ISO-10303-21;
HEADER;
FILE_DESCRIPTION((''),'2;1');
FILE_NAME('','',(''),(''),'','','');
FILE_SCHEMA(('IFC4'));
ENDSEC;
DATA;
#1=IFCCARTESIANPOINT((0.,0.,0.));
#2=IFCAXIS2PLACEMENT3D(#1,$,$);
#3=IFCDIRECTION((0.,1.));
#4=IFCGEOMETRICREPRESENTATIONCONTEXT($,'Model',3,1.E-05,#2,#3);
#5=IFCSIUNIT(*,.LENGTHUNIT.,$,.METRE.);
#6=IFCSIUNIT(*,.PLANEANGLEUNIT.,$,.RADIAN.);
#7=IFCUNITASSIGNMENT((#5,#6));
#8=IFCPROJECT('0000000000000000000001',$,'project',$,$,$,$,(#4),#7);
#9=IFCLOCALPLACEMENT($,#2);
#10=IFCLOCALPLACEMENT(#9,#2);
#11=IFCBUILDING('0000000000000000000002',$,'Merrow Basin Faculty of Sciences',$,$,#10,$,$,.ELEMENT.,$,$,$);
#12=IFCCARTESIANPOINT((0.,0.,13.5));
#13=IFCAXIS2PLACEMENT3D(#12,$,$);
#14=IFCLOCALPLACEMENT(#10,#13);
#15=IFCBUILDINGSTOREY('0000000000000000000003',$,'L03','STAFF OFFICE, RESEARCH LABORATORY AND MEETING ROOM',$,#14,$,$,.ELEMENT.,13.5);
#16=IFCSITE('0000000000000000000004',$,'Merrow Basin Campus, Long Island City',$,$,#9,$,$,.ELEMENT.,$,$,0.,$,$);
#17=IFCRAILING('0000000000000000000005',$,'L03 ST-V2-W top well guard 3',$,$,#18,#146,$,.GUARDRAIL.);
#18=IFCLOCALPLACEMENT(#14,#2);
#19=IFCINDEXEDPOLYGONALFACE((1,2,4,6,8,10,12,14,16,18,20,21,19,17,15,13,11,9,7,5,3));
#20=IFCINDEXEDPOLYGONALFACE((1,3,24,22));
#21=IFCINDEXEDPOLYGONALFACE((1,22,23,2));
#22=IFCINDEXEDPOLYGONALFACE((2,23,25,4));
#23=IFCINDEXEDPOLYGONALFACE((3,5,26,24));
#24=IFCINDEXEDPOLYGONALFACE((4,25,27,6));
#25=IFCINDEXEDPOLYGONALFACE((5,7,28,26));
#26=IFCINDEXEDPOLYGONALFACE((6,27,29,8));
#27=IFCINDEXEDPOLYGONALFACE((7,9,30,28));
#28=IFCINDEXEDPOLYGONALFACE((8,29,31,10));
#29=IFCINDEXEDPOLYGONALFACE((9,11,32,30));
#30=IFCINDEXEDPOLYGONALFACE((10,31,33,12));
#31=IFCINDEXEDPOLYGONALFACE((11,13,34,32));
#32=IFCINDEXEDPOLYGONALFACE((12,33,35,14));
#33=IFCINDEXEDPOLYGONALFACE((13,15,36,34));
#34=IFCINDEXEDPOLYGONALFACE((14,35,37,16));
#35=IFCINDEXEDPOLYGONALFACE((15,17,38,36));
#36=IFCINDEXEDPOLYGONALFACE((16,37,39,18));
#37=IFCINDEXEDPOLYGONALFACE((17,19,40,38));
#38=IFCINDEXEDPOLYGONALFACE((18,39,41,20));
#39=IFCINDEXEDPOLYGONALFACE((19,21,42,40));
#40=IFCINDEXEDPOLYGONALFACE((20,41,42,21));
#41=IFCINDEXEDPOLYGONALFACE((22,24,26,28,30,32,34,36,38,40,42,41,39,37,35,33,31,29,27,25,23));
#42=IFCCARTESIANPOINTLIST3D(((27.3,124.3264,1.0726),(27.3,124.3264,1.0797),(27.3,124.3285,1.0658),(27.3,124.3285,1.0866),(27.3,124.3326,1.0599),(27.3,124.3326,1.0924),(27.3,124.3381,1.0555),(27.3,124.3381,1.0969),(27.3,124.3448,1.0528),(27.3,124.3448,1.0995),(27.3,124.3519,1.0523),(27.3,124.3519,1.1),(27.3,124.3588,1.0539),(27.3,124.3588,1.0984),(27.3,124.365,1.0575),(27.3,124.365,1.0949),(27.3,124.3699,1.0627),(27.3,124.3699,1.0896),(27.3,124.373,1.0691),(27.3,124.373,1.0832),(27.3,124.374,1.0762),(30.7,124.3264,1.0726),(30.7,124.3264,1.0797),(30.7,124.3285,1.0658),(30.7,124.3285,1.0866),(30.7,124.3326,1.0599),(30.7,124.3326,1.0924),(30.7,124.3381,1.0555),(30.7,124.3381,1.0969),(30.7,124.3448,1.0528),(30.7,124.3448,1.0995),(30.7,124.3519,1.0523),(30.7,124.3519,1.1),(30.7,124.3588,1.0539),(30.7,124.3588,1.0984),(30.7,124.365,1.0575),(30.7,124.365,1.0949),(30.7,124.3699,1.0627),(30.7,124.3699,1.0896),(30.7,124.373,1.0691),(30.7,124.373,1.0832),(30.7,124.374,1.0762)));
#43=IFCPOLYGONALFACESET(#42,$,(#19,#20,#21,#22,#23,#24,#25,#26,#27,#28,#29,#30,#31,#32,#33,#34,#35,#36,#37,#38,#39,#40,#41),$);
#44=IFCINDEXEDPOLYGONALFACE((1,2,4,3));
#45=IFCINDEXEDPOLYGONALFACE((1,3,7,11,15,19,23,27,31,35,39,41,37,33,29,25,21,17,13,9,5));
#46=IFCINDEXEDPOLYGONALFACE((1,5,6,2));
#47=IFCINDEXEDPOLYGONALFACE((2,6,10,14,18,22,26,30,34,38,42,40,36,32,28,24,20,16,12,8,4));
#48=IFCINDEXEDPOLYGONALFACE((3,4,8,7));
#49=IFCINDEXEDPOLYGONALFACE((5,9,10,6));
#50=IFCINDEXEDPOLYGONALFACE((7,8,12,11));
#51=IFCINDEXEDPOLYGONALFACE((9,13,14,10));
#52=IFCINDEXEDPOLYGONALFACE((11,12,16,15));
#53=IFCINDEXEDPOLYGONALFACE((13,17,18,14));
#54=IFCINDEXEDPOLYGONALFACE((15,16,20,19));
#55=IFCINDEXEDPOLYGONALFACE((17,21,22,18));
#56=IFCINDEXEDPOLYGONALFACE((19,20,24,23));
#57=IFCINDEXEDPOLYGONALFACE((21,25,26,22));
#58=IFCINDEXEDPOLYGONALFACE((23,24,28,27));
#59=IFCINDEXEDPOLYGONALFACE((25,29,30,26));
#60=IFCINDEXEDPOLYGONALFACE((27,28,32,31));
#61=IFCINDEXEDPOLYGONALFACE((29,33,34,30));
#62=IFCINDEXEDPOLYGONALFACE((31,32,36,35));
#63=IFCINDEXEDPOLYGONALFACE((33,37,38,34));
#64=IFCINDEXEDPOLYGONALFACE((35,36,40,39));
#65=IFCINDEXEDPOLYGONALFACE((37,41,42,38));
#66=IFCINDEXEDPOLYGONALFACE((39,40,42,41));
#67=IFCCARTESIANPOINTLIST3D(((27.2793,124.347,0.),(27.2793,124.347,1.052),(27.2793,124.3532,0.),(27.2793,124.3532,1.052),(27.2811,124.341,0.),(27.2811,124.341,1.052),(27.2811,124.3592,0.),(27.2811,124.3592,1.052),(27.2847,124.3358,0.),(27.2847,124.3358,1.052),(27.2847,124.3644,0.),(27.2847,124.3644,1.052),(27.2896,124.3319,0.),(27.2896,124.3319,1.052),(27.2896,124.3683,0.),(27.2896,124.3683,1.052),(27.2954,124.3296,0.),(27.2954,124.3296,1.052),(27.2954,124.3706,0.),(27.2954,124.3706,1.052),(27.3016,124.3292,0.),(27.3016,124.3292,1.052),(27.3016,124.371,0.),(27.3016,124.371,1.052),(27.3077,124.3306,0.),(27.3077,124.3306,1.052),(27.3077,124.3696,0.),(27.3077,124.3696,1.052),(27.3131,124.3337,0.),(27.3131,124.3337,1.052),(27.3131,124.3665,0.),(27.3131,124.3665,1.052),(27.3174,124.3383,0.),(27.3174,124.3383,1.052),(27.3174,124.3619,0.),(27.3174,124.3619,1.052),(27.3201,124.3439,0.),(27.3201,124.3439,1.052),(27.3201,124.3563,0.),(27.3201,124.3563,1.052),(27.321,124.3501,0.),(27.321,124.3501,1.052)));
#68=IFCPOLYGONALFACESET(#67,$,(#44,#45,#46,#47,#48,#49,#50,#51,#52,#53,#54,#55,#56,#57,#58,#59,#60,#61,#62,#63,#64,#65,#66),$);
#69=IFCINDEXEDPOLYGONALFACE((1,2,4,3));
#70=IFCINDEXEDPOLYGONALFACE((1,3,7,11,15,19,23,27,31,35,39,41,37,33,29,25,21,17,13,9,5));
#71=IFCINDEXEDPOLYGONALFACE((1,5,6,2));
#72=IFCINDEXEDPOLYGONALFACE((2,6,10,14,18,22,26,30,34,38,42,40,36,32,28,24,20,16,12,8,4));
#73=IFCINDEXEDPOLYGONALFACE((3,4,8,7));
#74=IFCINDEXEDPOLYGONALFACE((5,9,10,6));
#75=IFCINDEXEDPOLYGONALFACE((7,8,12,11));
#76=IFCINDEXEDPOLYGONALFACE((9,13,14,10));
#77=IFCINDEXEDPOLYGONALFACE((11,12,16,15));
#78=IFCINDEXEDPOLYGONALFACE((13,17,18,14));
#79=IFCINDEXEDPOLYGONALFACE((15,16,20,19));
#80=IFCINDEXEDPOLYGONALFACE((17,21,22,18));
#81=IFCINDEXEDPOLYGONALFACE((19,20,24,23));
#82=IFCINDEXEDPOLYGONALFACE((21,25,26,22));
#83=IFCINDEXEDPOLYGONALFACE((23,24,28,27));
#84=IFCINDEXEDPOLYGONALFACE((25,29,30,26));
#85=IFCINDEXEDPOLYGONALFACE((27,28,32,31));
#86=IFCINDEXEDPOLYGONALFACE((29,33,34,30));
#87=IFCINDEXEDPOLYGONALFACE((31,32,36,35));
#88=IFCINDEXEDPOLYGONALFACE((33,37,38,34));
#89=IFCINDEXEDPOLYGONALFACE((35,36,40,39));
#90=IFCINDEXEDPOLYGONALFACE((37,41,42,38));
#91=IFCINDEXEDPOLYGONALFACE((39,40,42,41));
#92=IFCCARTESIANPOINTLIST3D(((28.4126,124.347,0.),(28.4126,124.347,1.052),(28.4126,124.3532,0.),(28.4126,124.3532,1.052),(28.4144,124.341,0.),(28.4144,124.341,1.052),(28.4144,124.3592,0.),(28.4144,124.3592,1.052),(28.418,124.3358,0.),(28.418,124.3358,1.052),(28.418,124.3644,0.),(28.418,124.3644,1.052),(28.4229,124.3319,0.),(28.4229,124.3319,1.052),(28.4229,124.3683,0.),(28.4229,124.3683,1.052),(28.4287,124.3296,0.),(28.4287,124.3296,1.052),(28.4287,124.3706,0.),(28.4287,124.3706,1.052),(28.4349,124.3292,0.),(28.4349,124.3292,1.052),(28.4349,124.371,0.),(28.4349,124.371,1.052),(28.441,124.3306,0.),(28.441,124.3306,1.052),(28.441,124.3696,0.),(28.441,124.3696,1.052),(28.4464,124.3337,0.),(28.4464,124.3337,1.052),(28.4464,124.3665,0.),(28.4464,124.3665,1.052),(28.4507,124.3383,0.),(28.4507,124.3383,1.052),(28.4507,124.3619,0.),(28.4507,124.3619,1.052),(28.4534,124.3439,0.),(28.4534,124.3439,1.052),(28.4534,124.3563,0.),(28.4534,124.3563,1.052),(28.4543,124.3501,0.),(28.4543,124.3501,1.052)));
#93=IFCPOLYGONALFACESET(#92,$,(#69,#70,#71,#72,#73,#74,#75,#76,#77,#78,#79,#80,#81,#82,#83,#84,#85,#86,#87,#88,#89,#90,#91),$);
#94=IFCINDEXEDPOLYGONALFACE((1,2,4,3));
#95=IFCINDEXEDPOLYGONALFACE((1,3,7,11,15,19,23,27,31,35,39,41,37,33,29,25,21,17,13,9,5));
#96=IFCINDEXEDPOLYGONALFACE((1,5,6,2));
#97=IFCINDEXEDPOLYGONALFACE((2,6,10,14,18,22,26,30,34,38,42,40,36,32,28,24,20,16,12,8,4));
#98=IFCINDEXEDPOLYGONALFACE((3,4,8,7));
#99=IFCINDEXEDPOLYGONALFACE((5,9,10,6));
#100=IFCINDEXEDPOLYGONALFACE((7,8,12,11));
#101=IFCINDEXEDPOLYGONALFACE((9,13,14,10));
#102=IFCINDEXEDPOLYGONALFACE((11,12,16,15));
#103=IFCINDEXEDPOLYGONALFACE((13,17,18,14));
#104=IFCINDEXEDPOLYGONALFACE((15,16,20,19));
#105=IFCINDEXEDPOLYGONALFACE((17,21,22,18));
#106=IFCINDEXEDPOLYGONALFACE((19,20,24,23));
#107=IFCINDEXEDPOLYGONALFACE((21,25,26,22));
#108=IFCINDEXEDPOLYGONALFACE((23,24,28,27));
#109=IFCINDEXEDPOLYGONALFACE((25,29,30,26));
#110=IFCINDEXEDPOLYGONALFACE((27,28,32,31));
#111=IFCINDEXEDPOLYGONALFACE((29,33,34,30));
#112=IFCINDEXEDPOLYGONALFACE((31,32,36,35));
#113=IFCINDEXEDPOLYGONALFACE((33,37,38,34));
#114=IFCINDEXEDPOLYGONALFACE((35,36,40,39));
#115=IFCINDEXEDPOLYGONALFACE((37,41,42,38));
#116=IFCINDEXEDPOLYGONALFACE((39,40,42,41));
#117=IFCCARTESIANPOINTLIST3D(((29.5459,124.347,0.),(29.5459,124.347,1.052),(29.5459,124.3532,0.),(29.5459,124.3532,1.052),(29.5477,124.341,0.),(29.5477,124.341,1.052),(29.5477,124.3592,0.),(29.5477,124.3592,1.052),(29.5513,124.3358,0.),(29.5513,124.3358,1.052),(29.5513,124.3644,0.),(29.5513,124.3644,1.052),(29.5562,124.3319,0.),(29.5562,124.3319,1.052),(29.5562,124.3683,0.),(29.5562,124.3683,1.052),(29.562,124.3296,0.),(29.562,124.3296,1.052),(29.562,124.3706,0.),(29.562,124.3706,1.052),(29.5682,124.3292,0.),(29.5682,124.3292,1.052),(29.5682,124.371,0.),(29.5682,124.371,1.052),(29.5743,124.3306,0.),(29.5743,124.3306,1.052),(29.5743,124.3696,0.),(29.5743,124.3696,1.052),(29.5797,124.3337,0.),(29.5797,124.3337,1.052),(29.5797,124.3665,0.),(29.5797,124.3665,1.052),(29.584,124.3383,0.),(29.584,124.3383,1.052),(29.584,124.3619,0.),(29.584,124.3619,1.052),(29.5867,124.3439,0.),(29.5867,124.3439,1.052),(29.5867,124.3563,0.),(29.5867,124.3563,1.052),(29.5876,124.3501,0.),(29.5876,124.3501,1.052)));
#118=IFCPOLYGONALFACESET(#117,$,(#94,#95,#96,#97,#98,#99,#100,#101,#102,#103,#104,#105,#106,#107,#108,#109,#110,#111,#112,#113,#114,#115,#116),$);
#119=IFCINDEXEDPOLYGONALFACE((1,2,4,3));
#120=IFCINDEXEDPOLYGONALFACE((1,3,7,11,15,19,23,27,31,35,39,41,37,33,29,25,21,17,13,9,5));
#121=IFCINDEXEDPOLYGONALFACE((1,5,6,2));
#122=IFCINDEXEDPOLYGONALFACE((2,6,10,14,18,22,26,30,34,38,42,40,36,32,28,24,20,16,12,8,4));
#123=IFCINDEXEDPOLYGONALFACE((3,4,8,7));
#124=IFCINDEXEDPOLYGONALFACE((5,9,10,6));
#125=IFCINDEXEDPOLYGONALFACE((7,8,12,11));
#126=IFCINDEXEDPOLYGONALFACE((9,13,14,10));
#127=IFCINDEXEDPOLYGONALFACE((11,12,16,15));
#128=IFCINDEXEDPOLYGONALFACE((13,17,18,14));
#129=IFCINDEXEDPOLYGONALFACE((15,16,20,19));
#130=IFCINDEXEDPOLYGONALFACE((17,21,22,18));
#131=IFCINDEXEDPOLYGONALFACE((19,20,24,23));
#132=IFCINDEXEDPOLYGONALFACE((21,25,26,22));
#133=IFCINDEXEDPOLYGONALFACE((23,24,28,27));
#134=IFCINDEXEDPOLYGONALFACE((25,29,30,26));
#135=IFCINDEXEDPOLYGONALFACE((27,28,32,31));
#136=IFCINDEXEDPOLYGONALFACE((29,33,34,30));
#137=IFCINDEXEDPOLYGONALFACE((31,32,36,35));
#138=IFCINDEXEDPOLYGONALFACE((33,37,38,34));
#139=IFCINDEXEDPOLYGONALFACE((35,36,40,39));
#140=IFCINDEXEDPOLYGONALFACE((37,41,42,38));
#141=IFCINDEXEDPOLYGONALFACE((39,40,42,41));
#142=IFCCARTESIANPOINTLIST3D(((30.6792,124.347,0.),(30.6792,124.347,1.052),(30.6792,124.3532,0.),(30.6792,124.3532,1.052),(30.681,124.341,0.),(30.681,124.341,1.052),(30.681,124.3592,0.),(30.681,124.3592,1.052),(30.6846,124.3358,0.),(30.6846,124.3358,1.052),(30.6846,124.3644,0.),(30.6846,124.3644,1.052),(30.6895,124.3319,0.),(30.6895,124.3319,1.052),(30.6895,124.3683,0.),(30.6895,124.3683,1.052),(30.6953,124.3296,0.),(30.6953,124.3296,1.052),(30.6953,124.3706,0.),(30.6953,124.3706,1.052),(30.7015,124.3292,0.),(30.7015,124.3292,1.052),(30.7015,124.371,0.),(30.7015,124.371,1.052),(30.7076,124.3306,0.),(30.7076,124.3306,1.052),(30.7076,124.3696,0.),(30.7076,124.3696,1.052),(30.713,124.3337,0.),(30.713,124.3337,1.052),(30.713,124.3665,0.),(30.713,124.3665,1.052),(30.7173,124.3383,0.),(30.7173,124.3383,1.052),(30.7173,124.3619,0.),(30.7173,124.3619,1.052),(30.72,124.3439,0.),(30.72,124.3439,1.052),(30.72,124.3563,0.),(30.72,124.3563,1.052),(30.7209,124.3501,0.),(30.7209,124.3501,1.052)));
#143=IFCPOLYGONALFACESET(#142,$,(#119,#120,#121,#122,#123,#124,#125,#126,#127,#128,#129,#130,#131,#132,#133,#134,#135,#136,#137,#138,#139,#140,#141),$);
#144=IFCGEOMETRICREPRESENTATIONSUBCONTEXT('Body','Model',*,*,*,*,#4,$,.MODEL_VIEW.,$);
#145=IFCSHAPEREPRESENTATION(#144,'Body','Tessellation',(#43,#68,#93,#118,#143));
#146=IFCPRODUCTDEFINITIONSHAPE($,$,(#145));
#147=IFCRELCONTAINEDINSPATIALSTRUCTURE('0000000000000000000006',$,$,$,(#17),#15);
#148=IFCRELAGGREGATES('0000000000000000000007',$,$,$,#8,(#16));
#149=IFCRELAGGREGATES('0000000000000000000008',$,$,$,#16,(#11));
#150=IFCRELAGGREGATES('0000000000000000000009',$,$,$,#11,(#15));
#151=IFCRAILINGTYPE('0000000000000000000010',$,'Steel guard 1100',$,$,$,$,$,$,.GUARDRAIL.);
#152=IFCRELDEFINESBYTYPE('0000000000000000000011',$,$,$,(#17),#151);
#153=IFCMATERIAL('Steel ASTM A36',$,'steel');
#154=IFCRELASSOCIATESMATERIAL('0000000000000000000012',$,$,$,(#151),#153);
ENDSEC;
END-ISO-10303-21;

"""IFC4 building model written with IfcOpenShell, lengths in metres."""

from ifc_helpers import new_model, si_unit, direction, frame, origin, origin_2d, place, context, subcontext, project, spatial, circle, extrude, material, type_object, element, save


model = new_model("IFC4")

# Units and contexts
model_context = context("Model", 3, precision=1e-05, world=origin(), true_north=direction((0.0, 1.0)))
body_context = subcontext(model_context, "Body", "Model", "MODEL_VIEW")
ifc_project = project(units=[si_unit("LENGTHUNIT", "METRE"), si_unit("PLANEANGLEUNIT", "RADIAN")], contexts=[model_context])

# Site, building, storey
site_placement = place(None, origin())
site = spatial("IfcSite", under=ifc_project, at=site_placement, Name="Merrow Basin Campus, Long Island City", CompositionType="ELEMENT", RefElevation=0.0)
building_placement = place(site_placement, origin())
building = spatial("IfcBuilding", under=site, at=building_placement, Name="Merrow Basin Faculty of Sciences", CompositionType="ELEMENT")
storey_placement = place(building_placement, frame((0.0, 0.0, 13.5)))
storey = spatial("IfcBuildingStorey", under=building, at=storey_placement, Name="L03", Description="STAFF OFFICE, RESEARCH LABORATORY AND MEETING ROOM", CompositionType="ELEMENT", Elevation=13.5)

# Railing
ifc_material_1 = material(Name="Steel ASTM A36", Category="steel")
railing_type_1 = type_object("IfcRailingType", Name="Steel guard 1100", PredefinedType="GUARDRAIL", material=ifc_material_1)
railing_1_placement = place(storey_placement, frame((27.3, 124.3501, 0.0)))
element("IfcRailing", 1, at=railing_1_placement, inside=storey, type_object=railing_type_1, Name="L03 ST-V2-W top well guard 3", PredefinedType="GUARDRAIL", context=body_context, shape_type="SweptSolid", body=[
    extrude(circle(Radius=0.0239, at=origin_2d()), frame((0.0, 0.0, 1.0762), z_axis=(1.0, 0.0, 0.0), x_axis=(0.0, 1.0, 0.0)), (0.0, 0.0, 1.0), 3.3999),
    extrude(circle(Radius=0.021, at=origin_2d()), origin(), (0.0, 0.0, 1.0), 1.052),
    extrude(circle(Radius=0.021, at=origin_2d()), frame((1.1333, 0.0, 0.0)), (0.0, 0.0, 1.0), 1.052),
    extrude(circle(Radius=0.021, at=origin_2d()), frame((2.2666, 0.0, 0.0)), (0.0, 0.0, 1.0), 1.052),
    extrude(circle(Radius=0.021, at=origin_2d()), frame((3.3999, 0.0, 0.0)), (0.0, 0.0, 1.0), 1.052),
])

save(model, "model.ifc")
